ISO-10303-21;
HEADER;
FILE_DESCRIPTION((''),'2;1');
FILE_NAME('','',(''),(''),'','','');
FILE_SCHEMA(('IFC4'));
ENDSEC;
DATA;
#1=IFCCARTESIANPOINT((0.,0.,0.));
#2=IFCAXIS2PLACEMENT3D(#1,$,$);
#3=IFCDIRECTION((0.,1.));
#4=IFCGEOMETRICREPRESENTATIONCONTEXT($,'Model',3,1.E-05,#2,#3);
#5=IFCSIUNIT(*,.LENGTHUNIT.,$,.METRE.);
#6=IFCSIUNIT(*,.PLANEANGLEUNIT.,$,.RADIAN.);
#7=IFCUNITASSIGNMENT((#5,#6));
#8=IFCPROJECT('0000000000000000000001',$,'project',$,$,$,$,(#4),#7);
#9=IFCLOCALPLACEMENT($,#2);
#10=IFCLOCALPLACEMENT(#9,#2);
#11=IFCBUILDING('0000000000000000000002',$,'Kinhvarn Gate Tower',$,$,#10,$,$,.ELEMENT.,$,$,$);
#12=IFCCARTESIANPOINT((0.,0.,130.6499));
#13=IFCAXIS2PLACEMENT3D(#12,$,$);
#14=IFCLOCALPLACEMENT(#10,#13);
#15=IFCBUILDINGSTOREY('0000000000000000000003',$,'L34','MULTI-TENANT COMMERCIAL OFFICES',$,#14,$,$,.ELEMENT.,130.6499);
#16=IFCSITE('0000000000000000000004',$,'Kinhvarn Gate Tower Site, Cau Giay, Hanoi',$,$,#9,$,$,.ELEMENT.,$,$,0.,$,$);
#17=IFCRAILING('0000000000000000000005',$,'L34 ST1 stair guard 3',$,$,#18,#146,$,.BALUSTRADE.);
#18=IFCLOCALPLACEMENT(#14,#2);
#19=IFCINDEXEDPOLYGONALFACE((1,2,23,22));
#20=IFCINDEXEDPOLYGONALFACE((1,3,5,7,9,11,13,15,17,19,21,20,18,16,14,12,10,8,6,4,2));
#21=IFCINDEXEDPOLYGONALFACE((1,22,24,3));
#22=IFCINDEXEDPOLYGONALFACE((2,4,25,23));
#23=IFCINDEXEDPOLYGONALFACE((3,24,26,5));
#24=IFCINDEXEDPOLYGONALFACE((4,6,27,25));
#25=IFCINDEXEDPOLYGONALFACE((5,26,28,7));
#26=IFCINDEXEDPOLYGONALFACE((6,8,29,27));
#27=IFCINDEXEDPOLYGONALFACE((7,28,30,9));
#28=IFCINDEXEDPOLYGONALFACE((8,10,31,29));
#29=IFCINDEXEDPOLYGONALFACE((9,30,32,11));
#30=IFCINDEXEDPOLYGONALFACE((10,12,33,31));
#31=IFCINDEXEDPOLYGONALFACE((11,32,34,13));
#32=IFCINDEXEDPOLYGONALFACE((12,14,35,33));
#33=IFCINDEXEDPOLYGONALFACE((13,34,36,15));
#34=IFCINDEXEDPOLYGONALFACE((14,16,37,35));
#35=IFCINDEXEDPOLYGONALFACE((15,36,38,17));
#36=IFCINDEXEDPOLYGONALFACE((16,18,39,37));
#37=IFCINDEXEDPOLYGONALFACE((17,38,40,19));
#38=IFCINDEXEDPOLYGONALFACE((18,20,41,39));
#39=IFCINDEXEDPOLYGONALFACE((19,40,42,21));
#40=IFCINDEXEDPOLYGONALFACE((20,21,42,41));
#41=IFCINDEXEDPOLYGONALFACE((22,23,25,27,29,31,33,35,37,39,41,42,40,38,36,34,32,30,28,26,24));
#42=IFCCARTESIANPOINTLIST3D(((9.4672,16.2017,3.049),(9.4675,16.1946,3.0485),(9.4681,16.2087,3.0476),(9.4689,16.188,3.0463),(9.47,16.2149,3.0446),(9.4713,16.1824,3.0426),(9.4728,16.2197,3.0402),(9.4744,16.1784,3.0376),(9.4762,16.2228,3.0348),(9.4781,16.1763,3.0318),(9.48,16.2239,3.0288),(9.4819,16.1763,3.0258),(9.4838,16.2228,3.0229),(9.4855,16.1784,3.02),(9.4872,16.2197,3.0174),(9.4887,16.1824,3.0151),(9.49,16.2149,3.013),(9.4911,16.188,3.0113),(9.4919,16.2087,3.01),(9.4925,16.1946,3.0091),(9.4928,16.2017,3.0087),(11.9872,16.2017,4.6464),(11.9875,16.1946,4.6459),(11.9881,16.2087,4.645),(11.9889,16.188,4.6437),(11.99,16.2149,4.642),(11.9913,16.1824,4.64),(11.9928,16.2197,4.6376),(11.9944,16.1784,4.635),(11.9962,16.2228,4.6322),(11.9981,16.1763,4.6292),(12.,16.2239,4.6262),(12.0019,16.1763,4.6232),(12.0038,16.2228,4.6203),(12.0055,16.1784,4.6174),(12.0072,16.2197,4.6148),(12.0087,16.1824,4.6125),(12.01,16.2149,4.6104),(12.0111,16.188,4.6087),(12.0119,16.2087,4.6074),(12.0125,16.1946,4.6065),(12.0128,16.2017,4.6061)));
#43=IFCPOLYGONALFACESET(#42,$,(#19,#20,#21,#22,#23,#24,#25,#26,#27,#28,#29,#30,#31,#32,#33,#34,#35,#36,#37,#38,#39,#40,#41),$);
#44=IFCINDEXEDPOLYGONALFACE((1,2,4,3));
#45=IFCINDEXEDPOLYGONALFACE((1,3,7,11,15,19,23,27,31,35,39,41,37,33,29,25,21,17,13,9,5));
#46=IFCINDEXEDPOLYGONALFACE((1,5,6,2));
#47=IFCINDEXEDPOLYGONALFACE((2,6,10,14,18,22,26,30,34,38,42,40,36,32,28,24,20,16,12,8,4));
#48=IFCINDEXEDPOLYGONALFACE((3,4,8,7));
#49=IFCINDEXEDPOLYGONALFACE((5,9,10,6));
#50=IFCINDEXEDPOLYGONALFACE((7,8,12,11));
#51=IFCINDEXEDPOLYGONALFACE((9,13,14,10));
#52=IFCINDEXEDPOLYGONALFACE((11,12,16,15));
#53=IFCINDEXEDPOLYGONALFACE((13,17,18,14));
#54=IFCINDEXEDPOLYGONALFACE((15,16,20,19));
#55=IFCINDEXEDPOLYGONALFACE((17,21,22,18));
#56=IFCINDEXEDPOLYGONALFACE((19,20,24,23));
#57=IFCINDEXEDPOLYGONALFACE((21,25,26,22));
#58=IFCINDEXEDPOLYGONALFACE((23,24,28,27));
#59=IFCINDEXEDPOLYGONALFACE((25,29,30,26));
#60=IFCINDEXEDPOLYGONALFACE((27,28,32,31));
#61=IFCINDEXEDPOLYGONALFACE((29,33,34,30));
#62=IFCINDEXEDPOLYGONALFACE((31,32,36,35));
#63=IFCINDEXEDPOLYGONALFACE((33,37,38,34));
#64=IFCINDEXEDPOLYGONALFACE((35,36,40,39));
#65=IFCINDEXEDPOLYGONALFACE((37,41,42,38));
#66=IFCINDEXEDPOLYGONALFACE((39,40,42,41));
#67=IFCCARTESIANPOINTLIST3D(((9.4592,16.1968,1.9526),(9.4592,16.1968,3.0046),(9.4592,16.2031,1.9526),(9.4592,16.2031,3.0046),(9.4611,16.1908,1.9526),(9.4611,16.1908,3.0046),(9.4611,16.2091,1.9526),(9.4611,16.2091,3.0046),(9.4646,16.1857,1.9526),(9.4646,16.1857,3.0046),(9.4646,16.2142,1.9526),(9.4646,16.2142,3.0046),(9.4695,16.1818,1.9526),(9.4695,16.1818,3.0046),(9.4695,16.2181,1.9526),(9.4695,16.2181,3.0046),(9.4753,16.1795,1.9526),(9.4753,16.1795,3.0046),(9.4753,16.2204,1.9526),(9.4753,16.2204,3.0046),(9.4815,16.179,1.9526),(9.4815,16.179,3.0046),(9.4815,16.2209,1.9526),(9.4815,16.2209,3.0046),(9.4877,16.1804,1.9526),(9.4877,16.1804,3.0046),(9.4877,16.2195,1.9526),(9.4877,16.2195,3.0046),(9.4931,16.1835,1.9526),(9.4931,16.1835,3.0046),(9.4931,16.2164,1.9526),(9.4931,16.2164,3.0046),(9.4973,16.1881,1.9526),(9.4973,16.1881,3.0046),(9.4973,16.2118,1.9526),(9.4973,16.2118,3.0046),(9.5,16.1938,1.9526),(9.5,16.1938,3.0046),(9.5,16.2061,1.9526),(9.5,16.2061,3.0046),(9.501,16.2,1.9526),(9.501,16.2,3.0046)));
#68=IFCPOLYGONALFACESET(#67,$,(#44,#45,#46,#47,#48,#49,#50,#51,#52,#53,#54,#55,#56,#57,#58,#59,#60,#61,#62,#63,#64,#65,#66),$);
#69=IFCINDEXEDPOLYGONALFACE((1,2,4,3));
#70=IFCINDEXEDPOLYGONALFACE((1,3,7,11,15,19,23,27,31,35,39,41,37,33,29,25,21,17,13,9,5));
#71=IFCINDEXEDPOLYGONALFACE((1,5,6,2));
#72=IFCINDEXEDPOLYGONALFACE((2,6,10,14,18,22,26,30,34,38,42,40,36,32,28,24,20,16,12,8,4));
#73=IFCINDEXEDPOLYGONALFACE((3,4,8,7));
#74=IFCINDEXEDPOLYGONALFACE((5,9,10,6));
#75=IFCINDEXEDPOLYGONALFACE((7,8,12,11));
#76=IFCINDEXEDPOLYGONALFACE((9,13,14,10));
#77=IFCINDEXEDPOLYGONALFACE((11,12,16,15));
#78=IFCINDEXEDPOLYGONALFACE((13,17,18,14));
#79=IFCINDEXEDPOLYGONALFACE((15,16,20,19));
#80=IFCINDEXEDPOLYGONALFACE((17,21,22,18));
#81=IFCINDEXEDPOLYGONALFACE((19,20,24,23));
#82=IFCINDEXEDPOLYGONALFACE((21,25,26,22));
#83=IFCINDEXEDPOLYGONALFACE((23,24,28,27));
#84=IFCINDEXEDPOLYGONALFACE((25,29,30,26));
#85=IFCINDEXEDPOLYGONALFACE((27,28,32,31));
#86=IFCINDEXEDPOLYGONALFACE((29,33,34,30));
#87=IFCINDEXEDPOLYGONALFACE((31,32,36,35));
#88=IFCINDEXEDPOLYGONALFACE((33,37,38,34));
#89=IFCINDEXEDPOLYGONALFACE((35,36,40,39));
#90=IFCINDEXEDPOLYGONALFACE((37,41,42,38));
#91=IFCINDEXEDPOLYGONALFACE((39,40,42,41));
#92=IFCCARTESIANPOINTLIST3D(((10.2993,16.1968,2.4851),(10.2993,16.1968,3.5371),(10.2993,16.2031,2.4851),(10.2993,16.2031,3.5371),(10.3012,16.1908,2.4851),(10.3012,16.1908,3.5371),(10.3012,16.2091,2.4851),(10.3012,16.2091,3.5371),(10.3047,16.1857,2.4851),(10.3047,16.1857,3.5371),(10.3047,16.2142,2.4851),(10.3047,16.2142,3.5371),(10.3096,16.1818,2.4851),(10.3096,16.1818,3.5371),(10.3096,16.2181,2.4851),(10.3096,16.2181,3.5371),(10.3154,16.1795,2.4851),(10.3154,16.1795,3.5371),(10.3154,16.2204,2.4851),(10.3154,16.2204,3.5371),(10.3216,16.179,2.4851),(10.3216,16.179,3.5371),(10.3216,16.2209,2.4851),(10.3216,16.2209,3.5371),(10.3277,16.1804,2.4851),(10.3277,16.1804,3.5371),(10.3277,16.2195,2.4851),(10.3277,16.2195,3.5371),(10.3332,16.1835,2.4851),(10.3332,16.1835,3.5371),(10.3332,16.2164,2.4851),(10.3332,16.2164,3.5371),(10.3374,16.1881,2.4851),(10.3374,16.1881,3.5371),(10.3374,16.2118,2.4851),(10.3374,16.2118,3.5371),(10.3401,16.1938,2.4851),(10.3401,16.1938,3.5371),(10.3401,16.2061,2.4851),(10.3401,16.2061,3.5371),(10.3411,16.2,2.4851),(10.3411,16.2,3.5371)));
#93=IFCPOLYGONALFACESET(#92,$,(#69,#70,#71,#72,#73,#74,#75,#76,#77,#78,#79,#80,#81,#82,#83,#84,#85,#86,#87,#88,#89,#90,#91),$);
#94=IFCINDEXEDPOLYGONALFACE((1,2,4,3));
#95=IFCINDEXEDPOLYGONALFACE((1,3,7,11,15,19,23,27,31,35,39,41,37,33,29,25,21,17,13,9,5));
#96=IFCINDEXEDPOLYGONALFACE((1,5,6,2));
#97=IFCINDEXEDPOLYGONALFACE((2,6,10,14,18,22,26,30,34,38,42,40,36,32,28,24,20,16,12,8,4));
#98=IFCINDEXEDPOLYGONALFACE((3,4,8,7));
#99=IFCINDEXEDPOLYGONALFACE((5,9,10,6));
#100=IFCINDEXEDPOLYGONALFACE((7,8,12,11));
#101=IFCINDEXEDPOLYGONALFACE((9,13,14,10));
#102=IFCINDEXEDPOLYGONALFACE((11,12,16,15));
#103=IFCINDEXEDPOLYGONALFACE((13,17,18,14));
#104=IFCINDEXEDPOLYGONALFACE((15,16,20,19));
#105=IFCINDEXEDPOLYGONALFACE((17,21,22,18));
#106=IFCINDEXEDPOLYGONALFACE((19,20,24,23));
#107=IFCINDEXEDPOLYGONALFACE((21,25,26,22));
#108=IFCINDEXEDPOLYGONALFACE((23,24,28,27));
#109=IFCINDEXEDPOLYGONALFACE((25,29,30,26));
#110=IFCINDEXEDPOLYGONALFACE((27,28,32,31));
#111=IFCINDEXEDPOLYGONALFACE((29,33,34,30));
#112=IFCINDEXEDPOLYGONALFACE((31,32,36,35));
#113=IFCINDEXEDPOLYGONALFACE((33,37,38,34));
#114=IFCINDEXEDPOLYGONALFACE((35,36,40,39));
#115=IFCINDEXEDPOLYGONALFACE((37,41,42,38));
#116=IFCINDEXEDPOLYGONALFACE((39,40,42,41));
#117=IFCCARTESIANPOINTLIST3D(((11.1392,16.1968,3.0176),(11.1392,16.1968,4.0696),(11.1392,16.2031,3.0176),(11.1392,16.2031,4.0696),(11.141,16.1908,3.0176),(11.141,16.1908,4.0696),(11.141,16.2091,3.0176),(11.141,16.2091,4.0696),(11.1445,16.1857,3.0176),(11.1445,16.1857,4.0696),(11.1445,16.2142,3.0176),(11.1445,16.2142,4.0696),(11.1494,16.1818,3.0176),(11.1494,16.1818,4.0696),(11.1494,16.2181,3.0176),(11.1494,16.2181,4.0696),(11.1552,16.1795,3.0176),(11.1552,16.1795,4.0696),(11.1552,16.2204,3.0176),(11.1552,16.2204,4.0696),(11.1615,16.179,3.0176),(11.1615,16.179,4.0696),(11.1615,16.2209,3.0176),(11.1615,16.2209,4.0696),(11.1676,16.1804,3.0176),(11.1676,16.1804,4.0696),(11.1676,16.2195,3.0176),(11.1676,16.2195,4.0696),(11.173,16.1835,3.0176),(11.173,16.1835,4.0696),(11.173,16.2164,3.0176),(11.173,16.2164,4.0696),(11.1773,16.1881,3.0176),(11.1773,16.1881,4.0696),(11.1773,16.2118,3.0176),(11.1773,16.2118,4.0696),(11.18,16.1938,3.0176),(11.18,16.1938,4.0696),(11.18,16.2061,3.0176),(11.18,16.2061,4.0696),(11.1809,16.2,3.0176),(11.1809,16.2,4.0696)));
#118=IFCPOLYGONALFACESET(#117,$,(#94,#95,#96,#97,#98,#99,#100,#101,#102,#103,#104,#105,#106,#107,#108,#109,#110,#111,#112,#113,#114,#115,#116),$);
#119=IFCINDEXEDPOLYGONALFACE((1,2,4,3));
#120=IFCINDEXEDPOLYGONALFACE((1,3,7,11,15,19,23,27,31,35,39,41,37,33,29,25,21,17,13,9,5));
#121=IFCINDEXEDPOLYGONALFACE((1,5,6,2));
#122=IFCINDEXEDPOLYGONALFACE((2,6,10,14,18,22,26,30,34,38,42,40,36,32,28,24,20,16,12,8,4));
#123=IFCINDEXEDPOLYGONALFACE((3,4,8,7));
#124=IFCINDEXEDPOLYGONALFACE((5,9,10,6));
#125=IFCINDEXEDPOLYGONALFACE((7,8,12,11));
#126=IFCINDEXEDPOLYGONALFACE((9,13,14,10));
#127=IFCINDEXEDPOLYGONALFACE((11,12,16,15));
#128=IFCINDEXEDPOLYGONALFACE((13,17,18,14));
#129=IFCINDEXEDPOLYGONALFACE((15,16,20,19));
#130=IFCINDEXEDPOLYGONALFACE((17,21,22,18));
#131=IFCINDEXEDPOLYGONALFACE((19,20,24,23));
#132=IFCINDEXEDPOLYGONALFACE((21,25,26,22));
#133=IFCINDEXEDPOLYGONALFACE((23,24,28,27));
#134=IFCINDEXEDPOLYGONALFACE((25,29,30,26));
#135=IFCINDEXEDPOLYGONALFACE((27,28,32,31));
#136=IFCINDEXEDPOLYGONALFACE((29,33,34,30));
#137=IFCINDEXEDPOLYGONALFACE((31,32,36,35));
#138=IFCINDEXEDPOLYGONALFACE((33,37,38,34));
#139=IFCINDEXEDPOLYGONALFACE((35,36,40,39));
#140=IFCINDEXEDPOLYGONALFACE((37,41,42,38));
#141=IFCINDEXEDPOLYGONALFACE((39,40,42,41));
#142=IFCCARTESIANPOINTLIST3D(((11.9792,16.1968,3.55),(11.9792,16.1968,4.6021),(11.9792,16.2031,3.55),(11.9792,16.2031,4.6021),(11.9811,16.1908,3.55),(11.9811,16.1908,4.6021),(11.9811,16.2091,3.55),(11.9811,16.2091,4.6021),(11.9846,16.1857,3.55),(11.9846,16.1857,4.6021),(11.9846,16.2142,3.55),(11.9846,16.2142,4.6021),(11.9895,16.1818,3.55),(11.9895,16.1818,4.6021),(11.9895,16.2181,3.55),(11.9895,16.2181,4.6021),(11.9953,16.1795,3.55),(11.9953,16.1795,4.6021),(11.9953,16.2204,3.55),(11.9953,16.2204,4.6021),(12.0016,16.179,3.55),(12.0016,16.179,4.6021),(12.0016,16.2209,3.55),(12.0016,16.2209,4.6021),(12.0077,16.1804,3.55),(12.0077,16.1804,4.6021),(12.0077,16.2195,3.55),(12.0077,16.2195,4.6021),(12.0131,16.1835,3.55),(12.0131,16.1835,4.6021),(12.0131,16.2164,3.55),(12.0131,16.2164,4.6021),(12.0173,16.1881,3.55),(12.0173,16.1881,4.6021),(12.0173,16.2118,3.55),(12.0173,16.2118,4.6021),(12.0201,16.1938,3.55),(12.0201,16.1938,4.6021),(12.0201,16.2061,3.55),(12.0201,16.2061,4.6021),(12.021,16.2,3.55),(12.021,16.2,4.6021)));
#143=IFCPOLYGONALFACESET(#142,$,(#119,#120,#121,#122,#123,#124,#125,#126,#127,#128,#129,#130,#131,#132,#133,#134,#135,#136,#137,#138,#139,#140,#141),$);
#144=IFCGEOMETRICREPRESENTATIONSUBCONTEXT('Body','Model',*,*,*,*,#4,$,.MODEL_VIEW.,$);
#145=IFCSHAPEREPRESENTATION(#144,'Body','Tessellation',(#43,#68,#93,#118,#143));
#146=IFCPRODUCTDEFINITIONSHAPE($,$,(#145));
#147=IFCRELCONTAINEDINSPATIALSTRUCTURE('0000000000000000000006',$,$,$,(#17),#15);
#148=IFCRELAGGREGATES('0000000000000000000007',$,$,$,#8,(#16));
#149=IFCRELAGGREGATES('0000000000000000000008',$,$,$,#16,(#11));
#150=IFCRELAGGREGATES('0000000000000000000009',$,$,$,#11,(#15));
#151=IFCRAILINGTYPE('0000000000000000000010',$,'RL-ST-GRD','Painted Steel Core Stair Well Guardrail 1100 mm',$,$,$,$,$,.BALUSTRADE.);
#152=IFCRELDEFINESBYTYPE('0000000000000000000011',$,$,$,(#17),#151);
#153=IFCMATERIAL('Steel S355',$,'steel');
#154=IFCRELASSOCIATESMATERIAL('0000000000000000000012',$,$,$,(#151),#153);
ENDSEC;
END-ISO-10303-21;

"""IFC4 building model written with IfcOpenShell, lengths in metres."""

from ifc_helpers import new_model, si_unit, direction, frame, origin, origin_2d, place, context, subcontext, project, spatial, circle, extrude, material, type_object, element, save


model = new_model("IFC4")

# Units and contexts
model_context = context("Model", 3, precision=1e-05, world=origin(), true_north=direction((0.0, 1.0)))
body_context = subcontext(model_context, "Body", "Model", "MODEL_VIEW")
ifc_project = project(units=[si_unit("LENGTHUNIT", "METRE"), si_unit("PLANEANGLEUNIT", "RADIAN")], contexts=[model_context])

# Site, building, storey
site_placement = place(None, origin())
site = spatial("IfcSite", under=ifc_project, at=site_placement, Name="Kinhvarn Gate Tower Site, Cau Giay, Hanoi", CompositionType="ELEMENT", RefElevation=0.0)
building_placement = place(site_placement, origin())
building = spatial("IfcBuilding", under=site, at=building_placement, Name="Kinhvarn Gate Tower", CompositionType="ELEMENT")
storey_placement = place(building_placement, frame((0.0, 0.0, 130.6499)))
storey = spatial("IfcBuildingStorey", under=building, at=storey_placement, Name="L34", Description="MULTI-TENANT COMMERCIAL OFFICES", CompositionType="ELEMENT", Elevation=130.6499)

# Shared definitions
ifc_material_1 = material(Name="Steel S355", Category="steel")

# Railing
railing_type_1 = type_object("IfcRailingType", Name="RL-ST-GRD", Description="Painted Steel Core Stair Well Guardrail 1100 mm", PredefinedType="BALUSTRADE", material=ifc_material_1)
railing_1_placement = place(storey_placement, frame((9.48, 16.2, 1.9526)))
element("IfcRailing", 1, at=railing_1_placement, inside=storey, type_object=railing_type_1, Name="L34 ST1 stair guard 3", PredefinedType="BALUSTRADE", context=body_context, shape_type="SweptSolid", body=[
    extrude(circle(Radius=0.0239, at=origin_2d()), frame((0.0, 0.0, 1.0762), z_axis=(0.844607, 0.0, 0.535387), x_axis=(0.0, 1.0, 0.0)), (0.0, 0.0, 1.0), 2.9836),
    extrude(circle(Radius=0.021, at=origin_2d()), origin(), (0.0, 0.0, 1.0), 1.052),
    extrude(circle(Radius=0.021, at=origin_2d()), frame((0.8401, 0.0, 0.5325)), (0.0, 0.0, 1.0), 1.052),
    extrude(circle(Radius=0.021, at=origin_2d()), frame((1.6799, 0.0, 1.0649)), (0.0, 0.0, 1.0), 1.052),
    extrude(circle(Radius=0.021, at=origin_2d()), frame((2.52, 0.0, 1.5974)), (0.0, 0.0, 1.0), 1.052),
])

save(model, "model.ifc")
